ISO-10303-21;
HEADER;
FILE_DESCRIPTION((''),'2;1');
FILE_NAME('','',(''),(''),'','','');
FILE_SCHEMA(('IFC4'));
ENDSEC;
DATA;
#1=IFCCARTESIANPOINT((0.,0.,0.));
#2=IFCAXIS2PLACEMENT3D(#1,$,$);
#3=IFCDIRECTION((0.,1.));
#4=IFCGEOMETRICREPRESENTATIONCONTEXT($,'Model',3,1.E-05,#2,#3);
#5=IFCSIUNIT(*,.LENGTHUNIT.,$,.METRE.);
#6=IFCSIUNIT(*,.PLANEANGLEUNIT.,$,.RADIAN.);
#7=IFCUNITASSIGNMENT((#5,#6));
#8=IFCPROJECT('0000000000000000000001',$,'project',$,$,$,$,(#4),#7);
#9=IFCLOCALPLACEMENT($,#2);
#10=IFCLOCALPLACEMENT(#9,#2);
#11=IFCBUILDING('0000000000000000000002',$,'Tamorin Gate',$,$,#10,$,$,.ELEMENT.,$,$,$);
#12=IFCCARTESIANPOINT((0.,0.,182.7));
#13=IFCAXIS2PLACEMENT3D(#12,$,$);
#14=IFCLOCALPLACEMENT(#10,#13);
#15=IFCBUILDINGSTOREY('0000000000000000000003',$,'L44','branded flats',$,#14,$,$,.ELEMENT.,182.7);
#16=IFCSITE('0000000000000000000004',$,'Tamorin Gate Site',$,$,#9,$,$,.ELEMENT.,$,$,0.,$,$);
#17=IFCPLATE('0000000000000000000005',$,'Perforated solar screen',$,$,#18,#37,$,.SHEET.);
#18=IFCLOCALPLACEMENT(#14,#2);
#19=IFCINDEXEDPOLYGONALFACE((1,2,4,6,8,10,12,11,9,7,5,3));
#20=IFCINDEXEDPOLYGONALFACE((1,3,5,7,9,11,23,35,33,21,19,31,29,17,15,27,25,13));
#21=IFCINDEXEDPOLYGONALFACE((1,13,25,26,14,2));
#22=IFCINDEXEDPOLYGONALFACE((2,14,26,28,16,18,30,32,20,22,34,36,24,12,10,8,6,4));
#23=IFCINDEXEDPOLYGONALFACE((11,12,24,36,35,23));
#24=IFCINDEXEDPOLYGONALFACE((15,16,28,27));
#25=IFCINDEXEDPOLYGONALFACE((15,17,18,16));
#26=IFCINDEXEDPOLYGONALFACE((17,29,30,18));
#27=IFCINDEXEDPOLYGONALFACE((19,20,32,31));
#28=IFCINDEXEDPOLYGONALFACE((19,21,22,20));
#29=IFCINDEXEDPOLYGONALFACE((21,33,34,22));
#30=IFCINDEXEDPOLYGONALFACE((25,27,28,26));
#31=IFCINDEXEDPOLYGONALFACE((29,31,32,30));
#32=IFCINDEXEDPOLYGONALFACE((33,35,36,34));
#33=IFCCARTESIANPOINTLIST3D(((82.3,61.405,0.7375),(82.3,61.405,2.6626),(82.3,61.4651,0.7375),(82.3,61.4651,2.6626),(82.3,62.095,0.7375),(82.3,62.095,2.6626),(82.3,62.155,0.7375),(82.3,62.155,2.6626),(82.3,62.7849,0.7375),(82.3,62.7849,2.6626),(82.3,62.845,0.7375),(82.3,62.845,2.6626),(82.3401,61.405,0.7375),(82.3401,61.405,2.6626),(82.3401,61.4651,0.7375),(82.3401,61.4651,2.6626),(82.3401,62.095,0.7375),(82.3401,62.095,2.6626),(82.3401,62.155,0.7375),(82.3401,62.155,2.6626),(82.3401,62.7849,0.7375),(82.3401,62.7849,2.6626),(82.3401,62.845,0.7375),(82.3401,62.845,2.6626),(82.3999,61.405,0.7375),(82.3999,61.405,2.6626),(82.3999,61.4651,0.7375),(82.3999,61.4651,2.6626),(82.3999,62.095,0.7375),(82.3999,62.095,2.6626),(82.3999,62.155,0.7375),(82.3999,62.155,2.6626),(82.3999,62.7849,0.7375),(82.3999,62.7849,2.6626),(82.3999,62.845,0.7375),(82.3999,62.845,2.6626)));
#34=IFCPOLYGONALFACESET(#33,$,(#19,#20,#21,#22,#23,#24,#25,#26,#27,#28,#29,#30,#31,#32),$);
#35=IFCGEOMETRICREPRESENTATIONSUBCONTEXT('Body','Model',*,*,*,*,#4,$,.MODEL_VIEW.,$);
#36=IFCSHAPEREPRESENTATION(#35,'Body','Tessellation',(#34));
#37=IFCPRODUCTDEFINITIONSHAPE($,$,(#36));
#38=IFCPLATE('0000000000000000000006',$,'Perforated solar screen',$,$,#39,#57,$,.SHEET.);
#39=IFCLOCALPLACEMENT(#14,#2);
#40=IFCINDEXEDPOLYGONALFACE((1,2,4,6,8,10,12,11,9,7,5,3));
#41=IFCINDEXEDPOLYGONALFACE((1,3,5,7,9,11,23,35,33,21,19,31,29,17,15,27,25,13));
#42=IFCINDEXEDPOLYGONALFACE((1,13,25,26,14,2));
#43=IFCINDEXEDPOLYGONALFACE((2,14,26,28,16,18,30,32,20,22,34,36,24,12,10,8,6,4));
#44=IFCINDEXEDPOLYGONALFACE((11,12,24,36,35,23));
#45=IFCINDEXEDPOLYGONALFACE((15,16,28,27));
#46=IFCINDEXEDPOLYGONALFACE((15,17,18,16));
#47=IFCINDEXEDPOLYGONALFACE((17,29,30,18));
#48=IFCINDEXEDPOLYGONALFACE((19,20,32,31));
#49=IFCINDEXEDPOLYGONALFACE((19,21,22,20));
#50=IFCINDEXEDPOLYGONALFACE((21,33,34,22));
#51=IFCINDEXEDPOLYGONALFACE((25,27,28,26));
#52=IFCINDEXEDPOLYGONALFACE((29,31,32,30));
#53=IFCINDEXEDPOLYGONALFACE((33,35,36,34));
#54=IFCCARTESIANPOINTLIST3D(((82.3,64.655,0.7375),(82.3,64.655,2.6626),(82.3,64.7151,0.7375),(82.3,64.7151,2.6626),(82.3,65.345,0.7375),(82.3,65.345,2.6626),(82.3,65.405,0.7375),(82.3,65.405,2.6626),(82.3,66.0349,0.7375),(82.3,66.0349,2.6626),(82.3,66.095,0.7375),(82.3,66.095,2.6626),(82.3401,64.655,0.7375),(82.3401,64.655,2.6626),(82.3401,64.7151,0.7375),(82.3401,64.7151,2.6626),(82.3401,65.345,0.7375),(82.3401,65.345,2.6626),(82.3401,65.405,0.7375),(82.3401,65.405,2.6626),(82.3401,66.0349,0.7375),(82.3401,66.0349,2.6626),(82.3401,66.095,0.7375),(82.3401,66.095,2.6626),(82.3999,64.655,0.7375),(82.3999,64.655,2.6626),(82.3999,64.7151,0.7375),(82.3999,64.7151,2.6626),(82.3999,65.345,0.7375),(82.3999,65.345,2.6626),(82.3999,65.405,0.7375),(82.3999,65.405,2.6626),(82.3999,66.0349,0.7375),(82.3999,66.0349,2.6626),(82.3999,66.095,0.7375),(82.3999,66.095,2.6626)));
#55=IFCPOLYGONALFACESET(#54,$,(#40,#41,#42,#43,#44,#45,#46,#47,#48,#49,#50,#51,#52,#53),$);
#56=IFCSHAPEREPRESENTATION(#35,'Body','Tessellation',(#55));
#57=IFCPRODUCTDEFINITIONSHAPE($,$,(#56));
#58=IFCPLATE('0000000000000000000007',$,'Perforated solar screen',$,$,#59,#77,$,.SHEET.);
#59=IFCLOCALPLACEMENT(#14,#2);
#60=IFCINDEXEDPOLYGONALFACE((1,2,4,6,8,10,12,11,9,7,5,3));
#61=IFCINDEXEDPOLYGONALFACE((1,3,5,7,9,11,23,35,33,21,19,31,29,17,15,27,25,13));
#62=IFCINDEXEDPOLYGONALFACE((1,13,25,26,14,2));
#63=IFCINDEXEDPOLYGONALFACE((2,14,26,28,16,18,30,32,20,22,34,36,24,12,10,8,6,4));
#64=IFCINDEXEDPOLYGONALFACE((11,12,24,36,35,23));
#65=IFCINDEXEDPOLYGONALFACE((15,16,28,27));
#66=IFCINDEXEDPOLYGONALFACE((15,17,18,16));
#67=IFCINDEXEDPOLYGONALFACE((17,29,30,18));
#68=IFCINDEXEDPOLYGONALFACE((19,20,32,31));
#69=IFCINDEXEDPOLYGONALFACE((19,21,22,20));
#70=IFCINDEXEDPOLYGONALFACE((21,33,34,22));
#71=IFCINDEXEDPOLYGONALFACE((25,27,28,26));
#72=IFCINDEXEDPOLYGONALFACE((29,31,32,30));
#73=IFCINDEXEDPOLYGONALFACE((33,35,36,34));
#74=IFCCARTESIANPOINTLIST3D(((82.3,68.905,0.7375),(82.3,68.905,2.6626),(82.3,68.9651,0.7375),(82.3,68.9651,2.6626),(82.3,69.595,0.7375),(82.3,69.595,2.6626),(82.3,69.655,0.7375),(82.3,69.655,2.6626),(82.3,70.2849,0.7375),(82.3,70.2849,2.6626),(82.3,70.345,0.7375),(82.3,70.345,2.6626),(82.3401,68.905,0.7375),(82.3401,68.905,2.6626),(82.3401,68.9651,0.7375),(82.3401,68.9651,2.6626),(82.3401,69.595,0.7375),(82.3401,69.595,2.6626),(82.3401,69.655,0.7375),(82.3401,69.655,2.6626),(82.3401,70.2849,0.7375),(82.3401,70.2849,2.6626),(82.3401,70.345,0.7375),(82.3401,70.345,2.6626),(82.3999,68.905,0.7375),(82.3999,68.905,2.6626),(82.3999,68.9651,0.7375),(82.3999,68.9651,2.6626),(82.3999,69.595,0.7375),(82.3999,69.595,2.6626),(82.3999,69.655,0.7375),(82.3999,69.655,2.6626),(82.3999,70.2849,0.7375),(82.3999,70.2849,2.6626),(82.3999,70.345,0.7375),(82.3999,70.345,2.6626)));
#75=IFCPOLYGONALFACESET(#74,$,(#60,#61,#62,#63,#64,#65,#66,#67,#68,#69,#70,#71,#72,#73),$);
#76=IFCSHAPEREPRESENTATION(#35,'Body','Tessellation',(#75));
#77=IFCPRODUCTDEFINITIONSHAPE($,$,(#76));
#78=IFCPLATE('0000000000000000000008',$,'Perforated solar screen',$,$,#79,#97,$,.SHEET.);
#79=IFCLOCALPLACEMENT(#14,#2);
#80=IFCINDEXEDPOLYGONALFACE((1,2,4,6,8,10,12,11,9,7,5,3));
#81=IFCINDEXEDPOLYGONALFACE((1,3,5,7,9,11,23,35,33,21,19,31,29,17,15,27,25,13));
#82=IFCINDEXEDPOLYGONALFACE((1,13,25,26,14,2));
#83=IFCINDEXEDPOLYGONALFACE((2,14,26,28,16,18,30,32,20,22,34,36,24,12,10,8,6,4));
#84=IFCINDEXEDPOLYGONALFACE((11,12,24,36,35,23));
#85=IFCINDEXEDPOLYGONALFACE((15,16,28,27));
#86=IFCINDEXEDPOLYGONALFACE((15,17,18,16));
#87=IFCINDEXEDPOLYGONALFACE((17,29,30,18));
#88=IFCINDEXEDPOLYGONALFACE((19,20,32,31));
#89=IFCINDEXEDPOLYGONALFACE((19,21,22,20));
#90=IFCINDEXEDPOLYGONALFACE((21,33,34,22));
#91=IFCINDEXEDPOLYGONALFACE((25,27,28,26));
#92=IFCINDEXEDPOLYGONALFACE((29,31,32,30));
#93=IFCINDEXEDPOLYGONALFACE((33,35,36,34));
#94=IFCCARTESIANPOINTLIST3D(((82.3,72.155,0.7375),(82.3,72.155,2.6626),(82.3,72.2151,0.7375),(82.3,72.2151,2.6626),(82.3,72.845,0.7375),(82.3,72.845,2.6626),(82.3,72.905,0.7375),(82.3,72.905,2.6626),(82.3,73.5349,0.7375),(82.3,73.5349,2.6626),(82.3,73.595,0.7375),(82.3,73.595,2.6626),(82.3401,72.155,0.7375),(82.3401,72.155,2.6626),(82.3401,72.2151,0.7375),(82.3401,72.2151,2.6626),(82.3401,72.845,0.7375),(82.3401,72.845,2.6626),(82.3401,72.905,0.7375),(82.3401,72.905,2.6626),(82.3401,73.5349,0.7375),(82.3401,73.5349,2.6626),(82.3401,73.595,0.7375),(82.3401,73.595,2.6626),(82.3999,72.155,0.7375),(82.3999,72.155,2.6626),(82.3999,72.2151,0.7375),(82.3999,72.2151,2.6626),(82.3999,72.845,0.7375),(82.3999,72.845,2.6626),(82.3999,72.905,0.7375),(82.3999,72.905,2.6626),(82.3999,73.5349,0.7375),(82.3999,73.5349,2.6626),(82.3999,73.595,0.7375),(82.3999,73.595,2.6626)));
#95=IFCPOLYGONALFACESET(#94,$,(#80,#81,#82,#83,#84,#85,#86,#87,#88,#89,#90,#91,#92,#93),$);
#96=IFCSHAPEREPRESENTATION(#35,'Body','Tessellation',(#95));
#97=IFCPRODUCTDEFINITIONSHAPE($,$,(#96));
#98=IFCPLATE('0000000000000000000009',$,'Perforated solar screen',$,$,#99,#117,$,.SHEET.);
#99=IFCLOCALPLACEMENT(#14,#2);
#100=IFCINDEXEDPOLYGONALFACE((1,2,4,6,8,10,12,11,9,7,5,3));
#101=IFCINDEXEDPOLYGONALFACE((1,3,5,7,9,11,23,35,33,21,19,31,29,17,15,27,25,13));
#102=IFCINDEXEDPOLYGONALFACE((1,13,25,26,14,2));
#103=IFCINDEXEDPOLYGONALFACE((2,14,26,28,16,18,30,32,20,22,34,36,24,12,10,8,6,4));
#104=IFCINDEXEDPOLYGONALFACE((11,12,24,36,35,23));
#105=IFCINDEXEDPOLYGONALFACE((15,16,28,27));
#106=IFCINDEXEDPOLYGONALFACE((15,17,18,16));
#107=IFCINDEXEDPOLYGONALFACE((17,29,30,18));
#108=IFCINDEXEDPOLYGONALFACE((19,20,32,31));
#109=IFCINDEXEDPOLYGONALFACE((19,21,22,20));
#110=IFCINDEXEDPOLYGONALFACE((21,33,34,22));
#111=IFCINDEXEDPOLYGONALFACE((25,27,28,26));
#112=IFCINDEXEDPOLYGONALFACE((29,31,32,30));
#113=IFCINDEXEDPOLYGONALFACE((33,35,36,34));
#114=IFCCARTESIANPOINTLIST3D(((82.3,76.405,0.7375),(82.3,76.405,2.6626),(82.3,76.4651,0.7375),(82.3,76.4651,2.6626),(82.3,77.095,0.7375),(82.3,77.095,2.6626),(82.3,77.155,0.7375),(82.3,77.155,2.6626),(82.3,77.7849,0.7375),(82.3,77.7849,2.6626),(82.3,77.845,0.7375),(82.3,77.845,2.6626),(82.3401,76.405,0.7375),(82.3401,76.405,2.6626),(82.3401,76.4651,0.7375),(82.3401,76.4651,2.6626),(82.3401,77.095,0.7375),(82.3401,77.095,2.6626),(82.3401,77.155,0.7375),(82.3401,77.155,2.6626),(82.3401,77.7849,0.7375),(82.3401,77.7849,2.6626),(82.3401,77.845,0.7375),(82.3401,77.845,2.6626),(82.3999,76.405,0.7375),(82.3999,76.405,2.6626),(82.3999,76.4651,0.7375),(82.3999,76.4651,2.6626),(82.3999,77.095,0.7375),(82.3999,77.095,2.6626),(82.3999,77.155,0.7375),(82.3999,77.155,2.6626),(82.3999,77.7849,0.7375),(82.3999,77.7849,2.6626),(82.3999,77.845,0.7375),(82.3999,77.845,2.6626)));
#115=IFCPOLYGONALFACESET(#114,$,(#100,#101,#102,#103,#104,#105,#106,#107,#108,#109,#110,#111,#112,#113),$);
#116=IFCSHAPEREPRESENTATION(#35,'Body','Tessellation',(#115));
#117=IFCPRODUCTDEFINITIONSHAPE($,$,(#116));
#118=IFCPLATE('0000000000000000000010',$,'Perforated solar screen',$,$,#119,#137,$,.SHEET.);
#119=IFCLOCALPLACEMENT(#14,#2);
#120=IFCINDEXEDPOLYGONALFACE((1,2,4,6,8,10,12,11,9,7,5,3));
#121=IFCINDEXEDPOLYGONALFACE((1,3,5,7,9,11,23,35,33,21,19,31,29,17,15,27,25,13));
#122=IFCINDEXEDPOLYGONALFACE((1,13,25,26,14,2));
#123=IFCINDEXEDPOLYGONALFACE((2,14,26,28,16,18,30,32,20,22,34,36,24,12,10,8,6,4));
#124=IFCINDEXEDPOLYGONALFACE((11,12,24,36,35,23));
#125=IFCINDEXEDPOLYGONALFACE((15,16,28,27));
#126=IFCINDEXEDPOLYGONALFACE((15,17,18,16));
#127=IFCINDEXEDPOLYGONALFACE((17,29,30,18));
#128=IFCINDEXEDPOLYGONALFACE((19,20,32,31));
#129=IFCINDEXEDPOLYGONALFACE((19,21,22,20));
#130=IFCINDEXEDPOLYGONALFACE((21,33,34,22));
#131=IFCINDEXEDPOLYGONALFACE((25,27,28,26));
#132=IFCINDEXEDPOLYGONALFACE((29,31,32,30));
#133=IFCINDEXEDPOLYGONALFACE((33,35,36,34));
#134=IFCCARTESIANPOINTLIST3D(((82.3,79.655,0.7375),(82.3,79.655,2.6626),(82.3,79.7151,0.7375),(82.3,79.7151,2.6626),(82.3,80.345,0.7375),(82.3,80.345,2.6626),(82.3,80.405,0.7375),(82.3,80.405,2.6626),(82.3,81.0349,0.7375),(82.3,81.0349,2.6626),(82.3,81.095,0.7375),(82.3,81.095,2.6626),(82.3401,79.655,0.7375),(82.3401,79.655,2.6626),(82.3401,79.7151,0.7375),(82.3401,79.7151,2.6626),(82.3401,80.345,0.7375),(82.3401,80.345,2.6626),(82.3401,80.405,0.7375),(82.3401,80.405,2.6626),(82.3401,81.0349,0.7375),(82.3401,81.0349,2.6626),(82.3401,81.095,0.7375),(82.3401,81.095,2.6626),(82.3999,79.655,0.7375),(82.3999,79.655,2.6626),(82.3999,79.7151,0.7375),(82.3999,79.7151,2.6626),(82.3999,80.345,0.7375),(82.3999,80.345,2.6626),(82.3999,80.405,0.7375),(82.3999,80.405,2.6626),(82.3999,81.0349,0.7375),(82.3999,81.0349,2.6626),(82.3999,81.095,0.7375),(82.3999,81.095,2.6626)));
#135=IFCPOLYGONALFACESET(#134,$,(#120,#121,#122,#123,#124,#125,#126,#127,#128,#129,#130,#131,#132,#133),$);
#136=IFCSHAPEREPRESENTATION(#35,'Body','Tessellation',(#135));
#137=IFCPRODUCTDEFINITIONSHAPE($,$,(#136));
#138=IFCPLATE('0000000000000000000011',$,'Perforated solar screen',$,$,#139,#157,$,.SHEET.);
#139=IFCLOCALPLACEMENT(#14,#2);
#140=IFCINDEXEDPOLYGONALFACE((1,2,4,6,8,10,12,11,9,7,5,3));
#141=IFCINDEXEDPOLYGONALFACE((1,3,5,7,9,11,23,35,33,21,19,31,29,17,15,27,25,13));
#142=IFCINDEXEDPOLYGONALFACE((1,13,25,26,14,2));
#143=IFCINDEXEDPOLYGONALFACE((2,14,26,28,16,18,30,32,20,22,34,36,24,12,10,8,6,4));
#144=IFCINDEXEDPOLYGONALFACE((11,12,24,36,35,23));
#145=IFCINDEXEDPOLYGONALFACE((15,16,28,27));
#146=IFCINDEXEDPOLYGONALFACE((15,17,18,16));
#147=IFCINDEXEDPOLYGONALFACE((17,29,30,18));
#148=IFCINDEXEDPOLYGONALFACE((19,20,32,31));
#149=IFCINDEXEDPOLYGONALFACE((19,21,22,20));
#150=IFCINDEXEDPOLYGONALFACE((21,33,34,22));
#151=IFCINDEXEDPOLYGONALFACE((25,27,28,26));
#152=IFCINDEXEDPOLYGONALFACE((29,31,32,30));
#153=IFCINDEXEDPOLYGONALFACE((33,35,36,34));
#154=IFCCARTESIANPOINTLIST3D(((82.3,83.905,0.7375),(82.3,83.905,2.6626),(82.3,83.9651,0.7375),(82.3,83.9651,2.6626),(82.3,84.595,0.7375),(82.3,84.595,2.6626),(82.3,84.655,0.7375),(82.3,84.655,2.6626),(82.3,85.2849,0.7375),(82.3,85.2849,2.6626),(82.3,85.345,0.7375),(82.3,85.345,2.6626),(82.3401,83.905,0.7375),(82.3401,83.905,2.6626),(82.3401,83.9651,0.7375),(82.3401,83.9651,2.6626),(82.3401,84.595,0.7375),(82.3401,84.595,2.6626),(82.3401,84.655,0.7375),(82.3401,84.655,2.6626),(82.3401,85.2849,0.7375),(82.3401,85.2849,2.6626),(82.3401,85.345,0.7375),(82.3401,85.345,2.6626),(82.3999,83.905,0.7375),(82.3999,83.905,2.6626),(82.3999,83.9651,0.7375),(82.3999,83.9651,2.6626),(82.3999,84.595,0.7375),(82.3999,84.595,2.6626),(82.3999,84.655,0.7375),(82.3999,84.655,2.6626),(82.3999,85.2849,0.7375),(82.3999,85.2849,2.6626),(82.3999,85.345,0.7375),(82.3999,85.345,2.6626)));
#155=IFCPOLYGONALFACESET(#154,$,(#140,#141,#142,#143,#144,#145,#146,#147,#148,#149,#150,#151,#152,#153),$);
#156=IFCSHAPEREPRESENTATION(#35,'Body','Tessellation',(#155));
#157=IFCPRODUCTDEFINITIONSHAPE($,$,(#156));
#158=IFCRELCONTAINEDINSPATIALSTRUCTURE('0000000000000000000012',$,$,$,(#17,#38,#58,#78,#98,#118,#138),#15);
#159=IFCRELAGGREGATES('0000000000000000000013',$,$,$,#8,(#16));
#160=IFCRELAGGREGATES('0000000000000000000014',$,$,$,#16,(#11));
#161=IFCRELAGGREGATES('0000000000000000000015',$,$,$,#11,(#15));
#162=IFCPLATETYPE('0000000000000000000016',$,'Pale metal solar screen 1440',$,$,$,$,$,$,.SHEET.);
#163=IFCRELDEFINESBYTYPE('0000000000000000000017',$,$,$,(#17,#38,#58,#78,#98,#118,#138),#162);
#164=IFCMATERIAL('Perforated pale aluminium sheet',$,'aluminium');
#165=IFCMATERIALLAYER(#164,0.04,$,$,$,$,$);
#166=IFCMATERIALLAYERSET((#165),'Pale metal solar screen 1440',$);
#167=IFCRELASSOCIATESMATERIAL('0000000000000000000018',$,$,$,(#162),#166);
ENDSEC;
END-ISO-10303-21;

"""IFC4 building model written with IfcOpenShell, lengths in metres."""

from ifc_helpers import new_model, si_unit, direction, frame, origin, place, context, subcontext, project, spatial, polyline, outline, extrude, material, layer, layer_set, type_object, element, save


model = new_model("IFC4")

# Units and contexts
model_context = context("Model", 3, precision=1e-05, world=origin(), true_north=direction((0.0, 1.0)))
body_context = subcontext(model_context, "Body", "Model", "MODEL_VIEW")
ifc_project = project(units=[si_unit("LENGTHUNIT", "METRE"), si_unit("PLANEANGLEUNIT", "RADIAN")], contexts=[model_context])

# Site, building, storey
site_placement = place(None, origin())
site = spatial("IfcSite", under=ifc_project, at=site_placement, Name="Tamorin Gate Site", CompositionType="ELEMENT", RefElevation=0.0)
building_placement = place(site_placement, origin())
building = spatial("IfcBuilding", under=site, at=building_placement, Name="Tamorin Gate", CompositionType="ELEMENT")
storey_placement = place(building_placement, frame((0.0, 0.0, 182.7)))
storey = spatial("IfcBuildingStorey", under=building, at=storey_placement, Name="L44", Description="branded flats", CompositionType="ELEMENT", Elevation=182.7)

# Plates
ifc_material_1 = material(Name="Perforated pale aluminium sheet", Category="aluminium")
ifc_layer_1 = layer(ifc_material_1, 0.04)
ifc_layer_set_1 = layer_set([ifc_layer_1], Name="Pale metal solar screen 1440")
plate_type_1 = type_object("IfcPlateType", Name="Pale metal solar screen 1440", PredefinedType="SHEET", material=ifc_layer_set_1)
plate_1_placement = place(storey_placement, frame((0.0, 0.0, 0.7375)))
element("IfcPlate", 1, at=plate_1_placement, inside=storey, type_object=plate_type_1, Name="Perforated solar screen", PredefinedType="SHEET", context=body_context, shape_type="SweptSolid", body=[
    extrude(outline(polyline([(82.3401, 61.405), (82.3, 61.405), (82.3, 61.4651), (82.3, 62.095), (82.3, 62.155), (82.3, 62.7849), (82.3, 62.845), (82.3401, 62.845), (82.3999, 62.845), (82.3999, 62.7849), (82.3401, 62.7849), (82.3401, 62.155), (82.3999, 62.155), (82.3999, 62.095), (82.3401, 62.095), (82.3401, 61.4651), (82.3999, 61.4651), (82.3999, 61.405), (82.3401, 61.405)])), origin(), (0.0, 0.0, 1.0), 1.925),
])
plate_2_placement = place(storey_placement, frame((0.0, 0.0, 0.7375)))
element("IfcPlate", 2, at=plate_2_placement, inside=storey, type_object=plate_type_1, Name="Perforated solar screen", PredefinedType="SHEET", context=body_context, shape_type="SweptSolid", body=[
    extrude(outline(polyline([(82.3401, 64.655), (82.3, 64.655), (82.3, 64.7151), (82.3, 65.345), (82.3, 65.405), (82.3, 66.0349), (82.3, 66.095), (82.3401, 66.095), (82.3999, 66.095), (82.3999, 66.0349), (82.3401, 66.0349), (82.3401, 65.405), (82.3999, 65.405), (82.3999, 65.345), (82.3401, 65.345), (82.3401, 64.7151), (82.3999, 64.7151), (82.3999, 64.655), (82.3401, 64.655)])), origin(), (0.0, 0.0, 1.0), 1.925),
])
plate_3_placement = place(storey_placement, frame((0.0, 0.0, 0.7375)))
element("IfcPlate", 3, at=plate_3_placement, inside=storey, type_object=plate_type_1, Name="Perforated solar screen", PredefinedType="SHEET", context=body_context, shape_type="SweptSolid", body=[
    extrude(outline(polyline([(82.3401, 68.905), (82.3, 68.905), (82.3, 68.9651), (82.3, 69.595), (82.3, 69.655), (82.3, 70.2849), (82.3, 70.345), (82.3401, 70.345), (82.3999, 70.345), (82.3999, 70.2849), (82.3401, 70.2849), (82.3401, 69.655), (82.3999, 69.655), (82.3999, 69.595), (82.3401, 69.595), (82.3401, 68.9651), (82.3999, 68.9651), (82.3999, 68.905), (82.3401, 68.905)])), origin(), (0.0, 0.0, 1.0), 1.925),
])
plate_4_placement = place(storey_placement, frame((0.0, 0.0, 0.7375)))
element("IfcPlate", 4, at=plate_4_placement, inside=storey, type_object=plate_type_1, Name="Perforated solar screen", PredefinedType="SHEET", context=body_context, shape_type="SweptSolid", body=[
    extrude(outline(polyline([(82.3401, 72.155), (82.3, 72.155), (82.3, 72.2151), (82.3, 72.845), (82.3, 72.905), (82.3, 73.5349), (82.3, 73.595), (82.3401, 73.595), (82.3999, 73.595), (82.3999, 73.5349), (82.3401, 73.5349), (82.3401, 72.905), (82.3999, 72.905), (82.3999, 72.845), (82.3401, 72.845), (82.3401, 72.2151), (82.3999, 72.2151), (82.3999, 72.155), (82.3401, 72.155)])), origin(), (0.0, 0.0, 1.0), 1.925),
])
plate_5_placement = place(storey_placement, frame((0.0, 0.0, 0.7375)))
element("IfcPlate", 5, at=plate_5_placement, inside=storey, type_object=plate_type_1, Name="Perforated solar screen", PredefinedType="SHEET", context=body_context, shape_type="SweptSolid", body=[
    extrude(outline(polyline([(82.3401, 76.405), (82.3, 76.405), (82.3, 76.4651), (82.3, 77.095), (82.3, 77.155), (82.3, 77.7849), (82.3, 77.845), (82.3401, 77.845), (82.3999, 77.845), (82.3999, 77.7849), (82.3401, 77.7849), (82.3401, 77.155), (82.3999, 77.155), (82.3999, 77.095), (82.3401, 77.095), (82.3401, 76.4651), (82.3999, 76.4651), (82.3999, 76.405), (82.3401, 76.405)])), origin(), (0.0, 0.0, 1.0), 1.925),
])
plate_6_placement = place(storey_placement, frame((0.0, 0.0, 0.7375)))
element("IfcPlate", 6, at=plate_6_placement, inside=storey, type_object=plate_type_1, Name="Perforated solar screen", PredefinedType="SHEET", context=body_context, shape_type="SweptSolid", body=[
    extrude(outline(polyline([(82.3401, 79.655), (82.3, 79.655), (82.3, 79.7151), (82.3, 80.345), (82.3, 80.405), (82.3, 81.0349), (82.3, 81.095), (82.3401, 81.095), (82.3999, 81.095), (82.3999, 81.0349), (82.3401, 81.0349), (82.3401, 80.405), (82.3999, 80.405), (82.3999, 80.345), (82.3401, 80.345), (82.3401, 79.7151), (82.3999, 79.7151), (82.3999, 79.655), (82.3401, 79.655)])), origin(), (0.0, 0.0, 1.0), 1.925),
])
plate_7_placement = place(storey_placement, frame((0.0, 0.0, 0.7375)))
element("IfcPlate", 7, at=plate_7_placement, inside=storey, type_object=plate_type_1, Name="Perforated solar screen", PredefinedType="SHEET", context=body_context, shape_type="SweptSolid", body=[
    extrude(outline(polyline([(82.3401, 83.905), (82.3, 83.905), (82.3, 83.9651), (82.3, 84.595), (82.3, 84.655), (82.3, 85.2849), (82.3, 85.345), (82.3401, 85.345), (82.3999, 85.345), (82.3999, 85.2849), (82.3401, 85.2849), (82.3401, 84.655), (82.3999, 84.655), (82.3999, 84.595), (82.3401, 84.595), (82.3401, 83.9651), (82.3999, 83.9651), (82.3999, 83.905), (82.3401, 83.905)])), origin(), (0.0, 0.0, 1.0), 1.925),
])

save(model, "model.ifc")
